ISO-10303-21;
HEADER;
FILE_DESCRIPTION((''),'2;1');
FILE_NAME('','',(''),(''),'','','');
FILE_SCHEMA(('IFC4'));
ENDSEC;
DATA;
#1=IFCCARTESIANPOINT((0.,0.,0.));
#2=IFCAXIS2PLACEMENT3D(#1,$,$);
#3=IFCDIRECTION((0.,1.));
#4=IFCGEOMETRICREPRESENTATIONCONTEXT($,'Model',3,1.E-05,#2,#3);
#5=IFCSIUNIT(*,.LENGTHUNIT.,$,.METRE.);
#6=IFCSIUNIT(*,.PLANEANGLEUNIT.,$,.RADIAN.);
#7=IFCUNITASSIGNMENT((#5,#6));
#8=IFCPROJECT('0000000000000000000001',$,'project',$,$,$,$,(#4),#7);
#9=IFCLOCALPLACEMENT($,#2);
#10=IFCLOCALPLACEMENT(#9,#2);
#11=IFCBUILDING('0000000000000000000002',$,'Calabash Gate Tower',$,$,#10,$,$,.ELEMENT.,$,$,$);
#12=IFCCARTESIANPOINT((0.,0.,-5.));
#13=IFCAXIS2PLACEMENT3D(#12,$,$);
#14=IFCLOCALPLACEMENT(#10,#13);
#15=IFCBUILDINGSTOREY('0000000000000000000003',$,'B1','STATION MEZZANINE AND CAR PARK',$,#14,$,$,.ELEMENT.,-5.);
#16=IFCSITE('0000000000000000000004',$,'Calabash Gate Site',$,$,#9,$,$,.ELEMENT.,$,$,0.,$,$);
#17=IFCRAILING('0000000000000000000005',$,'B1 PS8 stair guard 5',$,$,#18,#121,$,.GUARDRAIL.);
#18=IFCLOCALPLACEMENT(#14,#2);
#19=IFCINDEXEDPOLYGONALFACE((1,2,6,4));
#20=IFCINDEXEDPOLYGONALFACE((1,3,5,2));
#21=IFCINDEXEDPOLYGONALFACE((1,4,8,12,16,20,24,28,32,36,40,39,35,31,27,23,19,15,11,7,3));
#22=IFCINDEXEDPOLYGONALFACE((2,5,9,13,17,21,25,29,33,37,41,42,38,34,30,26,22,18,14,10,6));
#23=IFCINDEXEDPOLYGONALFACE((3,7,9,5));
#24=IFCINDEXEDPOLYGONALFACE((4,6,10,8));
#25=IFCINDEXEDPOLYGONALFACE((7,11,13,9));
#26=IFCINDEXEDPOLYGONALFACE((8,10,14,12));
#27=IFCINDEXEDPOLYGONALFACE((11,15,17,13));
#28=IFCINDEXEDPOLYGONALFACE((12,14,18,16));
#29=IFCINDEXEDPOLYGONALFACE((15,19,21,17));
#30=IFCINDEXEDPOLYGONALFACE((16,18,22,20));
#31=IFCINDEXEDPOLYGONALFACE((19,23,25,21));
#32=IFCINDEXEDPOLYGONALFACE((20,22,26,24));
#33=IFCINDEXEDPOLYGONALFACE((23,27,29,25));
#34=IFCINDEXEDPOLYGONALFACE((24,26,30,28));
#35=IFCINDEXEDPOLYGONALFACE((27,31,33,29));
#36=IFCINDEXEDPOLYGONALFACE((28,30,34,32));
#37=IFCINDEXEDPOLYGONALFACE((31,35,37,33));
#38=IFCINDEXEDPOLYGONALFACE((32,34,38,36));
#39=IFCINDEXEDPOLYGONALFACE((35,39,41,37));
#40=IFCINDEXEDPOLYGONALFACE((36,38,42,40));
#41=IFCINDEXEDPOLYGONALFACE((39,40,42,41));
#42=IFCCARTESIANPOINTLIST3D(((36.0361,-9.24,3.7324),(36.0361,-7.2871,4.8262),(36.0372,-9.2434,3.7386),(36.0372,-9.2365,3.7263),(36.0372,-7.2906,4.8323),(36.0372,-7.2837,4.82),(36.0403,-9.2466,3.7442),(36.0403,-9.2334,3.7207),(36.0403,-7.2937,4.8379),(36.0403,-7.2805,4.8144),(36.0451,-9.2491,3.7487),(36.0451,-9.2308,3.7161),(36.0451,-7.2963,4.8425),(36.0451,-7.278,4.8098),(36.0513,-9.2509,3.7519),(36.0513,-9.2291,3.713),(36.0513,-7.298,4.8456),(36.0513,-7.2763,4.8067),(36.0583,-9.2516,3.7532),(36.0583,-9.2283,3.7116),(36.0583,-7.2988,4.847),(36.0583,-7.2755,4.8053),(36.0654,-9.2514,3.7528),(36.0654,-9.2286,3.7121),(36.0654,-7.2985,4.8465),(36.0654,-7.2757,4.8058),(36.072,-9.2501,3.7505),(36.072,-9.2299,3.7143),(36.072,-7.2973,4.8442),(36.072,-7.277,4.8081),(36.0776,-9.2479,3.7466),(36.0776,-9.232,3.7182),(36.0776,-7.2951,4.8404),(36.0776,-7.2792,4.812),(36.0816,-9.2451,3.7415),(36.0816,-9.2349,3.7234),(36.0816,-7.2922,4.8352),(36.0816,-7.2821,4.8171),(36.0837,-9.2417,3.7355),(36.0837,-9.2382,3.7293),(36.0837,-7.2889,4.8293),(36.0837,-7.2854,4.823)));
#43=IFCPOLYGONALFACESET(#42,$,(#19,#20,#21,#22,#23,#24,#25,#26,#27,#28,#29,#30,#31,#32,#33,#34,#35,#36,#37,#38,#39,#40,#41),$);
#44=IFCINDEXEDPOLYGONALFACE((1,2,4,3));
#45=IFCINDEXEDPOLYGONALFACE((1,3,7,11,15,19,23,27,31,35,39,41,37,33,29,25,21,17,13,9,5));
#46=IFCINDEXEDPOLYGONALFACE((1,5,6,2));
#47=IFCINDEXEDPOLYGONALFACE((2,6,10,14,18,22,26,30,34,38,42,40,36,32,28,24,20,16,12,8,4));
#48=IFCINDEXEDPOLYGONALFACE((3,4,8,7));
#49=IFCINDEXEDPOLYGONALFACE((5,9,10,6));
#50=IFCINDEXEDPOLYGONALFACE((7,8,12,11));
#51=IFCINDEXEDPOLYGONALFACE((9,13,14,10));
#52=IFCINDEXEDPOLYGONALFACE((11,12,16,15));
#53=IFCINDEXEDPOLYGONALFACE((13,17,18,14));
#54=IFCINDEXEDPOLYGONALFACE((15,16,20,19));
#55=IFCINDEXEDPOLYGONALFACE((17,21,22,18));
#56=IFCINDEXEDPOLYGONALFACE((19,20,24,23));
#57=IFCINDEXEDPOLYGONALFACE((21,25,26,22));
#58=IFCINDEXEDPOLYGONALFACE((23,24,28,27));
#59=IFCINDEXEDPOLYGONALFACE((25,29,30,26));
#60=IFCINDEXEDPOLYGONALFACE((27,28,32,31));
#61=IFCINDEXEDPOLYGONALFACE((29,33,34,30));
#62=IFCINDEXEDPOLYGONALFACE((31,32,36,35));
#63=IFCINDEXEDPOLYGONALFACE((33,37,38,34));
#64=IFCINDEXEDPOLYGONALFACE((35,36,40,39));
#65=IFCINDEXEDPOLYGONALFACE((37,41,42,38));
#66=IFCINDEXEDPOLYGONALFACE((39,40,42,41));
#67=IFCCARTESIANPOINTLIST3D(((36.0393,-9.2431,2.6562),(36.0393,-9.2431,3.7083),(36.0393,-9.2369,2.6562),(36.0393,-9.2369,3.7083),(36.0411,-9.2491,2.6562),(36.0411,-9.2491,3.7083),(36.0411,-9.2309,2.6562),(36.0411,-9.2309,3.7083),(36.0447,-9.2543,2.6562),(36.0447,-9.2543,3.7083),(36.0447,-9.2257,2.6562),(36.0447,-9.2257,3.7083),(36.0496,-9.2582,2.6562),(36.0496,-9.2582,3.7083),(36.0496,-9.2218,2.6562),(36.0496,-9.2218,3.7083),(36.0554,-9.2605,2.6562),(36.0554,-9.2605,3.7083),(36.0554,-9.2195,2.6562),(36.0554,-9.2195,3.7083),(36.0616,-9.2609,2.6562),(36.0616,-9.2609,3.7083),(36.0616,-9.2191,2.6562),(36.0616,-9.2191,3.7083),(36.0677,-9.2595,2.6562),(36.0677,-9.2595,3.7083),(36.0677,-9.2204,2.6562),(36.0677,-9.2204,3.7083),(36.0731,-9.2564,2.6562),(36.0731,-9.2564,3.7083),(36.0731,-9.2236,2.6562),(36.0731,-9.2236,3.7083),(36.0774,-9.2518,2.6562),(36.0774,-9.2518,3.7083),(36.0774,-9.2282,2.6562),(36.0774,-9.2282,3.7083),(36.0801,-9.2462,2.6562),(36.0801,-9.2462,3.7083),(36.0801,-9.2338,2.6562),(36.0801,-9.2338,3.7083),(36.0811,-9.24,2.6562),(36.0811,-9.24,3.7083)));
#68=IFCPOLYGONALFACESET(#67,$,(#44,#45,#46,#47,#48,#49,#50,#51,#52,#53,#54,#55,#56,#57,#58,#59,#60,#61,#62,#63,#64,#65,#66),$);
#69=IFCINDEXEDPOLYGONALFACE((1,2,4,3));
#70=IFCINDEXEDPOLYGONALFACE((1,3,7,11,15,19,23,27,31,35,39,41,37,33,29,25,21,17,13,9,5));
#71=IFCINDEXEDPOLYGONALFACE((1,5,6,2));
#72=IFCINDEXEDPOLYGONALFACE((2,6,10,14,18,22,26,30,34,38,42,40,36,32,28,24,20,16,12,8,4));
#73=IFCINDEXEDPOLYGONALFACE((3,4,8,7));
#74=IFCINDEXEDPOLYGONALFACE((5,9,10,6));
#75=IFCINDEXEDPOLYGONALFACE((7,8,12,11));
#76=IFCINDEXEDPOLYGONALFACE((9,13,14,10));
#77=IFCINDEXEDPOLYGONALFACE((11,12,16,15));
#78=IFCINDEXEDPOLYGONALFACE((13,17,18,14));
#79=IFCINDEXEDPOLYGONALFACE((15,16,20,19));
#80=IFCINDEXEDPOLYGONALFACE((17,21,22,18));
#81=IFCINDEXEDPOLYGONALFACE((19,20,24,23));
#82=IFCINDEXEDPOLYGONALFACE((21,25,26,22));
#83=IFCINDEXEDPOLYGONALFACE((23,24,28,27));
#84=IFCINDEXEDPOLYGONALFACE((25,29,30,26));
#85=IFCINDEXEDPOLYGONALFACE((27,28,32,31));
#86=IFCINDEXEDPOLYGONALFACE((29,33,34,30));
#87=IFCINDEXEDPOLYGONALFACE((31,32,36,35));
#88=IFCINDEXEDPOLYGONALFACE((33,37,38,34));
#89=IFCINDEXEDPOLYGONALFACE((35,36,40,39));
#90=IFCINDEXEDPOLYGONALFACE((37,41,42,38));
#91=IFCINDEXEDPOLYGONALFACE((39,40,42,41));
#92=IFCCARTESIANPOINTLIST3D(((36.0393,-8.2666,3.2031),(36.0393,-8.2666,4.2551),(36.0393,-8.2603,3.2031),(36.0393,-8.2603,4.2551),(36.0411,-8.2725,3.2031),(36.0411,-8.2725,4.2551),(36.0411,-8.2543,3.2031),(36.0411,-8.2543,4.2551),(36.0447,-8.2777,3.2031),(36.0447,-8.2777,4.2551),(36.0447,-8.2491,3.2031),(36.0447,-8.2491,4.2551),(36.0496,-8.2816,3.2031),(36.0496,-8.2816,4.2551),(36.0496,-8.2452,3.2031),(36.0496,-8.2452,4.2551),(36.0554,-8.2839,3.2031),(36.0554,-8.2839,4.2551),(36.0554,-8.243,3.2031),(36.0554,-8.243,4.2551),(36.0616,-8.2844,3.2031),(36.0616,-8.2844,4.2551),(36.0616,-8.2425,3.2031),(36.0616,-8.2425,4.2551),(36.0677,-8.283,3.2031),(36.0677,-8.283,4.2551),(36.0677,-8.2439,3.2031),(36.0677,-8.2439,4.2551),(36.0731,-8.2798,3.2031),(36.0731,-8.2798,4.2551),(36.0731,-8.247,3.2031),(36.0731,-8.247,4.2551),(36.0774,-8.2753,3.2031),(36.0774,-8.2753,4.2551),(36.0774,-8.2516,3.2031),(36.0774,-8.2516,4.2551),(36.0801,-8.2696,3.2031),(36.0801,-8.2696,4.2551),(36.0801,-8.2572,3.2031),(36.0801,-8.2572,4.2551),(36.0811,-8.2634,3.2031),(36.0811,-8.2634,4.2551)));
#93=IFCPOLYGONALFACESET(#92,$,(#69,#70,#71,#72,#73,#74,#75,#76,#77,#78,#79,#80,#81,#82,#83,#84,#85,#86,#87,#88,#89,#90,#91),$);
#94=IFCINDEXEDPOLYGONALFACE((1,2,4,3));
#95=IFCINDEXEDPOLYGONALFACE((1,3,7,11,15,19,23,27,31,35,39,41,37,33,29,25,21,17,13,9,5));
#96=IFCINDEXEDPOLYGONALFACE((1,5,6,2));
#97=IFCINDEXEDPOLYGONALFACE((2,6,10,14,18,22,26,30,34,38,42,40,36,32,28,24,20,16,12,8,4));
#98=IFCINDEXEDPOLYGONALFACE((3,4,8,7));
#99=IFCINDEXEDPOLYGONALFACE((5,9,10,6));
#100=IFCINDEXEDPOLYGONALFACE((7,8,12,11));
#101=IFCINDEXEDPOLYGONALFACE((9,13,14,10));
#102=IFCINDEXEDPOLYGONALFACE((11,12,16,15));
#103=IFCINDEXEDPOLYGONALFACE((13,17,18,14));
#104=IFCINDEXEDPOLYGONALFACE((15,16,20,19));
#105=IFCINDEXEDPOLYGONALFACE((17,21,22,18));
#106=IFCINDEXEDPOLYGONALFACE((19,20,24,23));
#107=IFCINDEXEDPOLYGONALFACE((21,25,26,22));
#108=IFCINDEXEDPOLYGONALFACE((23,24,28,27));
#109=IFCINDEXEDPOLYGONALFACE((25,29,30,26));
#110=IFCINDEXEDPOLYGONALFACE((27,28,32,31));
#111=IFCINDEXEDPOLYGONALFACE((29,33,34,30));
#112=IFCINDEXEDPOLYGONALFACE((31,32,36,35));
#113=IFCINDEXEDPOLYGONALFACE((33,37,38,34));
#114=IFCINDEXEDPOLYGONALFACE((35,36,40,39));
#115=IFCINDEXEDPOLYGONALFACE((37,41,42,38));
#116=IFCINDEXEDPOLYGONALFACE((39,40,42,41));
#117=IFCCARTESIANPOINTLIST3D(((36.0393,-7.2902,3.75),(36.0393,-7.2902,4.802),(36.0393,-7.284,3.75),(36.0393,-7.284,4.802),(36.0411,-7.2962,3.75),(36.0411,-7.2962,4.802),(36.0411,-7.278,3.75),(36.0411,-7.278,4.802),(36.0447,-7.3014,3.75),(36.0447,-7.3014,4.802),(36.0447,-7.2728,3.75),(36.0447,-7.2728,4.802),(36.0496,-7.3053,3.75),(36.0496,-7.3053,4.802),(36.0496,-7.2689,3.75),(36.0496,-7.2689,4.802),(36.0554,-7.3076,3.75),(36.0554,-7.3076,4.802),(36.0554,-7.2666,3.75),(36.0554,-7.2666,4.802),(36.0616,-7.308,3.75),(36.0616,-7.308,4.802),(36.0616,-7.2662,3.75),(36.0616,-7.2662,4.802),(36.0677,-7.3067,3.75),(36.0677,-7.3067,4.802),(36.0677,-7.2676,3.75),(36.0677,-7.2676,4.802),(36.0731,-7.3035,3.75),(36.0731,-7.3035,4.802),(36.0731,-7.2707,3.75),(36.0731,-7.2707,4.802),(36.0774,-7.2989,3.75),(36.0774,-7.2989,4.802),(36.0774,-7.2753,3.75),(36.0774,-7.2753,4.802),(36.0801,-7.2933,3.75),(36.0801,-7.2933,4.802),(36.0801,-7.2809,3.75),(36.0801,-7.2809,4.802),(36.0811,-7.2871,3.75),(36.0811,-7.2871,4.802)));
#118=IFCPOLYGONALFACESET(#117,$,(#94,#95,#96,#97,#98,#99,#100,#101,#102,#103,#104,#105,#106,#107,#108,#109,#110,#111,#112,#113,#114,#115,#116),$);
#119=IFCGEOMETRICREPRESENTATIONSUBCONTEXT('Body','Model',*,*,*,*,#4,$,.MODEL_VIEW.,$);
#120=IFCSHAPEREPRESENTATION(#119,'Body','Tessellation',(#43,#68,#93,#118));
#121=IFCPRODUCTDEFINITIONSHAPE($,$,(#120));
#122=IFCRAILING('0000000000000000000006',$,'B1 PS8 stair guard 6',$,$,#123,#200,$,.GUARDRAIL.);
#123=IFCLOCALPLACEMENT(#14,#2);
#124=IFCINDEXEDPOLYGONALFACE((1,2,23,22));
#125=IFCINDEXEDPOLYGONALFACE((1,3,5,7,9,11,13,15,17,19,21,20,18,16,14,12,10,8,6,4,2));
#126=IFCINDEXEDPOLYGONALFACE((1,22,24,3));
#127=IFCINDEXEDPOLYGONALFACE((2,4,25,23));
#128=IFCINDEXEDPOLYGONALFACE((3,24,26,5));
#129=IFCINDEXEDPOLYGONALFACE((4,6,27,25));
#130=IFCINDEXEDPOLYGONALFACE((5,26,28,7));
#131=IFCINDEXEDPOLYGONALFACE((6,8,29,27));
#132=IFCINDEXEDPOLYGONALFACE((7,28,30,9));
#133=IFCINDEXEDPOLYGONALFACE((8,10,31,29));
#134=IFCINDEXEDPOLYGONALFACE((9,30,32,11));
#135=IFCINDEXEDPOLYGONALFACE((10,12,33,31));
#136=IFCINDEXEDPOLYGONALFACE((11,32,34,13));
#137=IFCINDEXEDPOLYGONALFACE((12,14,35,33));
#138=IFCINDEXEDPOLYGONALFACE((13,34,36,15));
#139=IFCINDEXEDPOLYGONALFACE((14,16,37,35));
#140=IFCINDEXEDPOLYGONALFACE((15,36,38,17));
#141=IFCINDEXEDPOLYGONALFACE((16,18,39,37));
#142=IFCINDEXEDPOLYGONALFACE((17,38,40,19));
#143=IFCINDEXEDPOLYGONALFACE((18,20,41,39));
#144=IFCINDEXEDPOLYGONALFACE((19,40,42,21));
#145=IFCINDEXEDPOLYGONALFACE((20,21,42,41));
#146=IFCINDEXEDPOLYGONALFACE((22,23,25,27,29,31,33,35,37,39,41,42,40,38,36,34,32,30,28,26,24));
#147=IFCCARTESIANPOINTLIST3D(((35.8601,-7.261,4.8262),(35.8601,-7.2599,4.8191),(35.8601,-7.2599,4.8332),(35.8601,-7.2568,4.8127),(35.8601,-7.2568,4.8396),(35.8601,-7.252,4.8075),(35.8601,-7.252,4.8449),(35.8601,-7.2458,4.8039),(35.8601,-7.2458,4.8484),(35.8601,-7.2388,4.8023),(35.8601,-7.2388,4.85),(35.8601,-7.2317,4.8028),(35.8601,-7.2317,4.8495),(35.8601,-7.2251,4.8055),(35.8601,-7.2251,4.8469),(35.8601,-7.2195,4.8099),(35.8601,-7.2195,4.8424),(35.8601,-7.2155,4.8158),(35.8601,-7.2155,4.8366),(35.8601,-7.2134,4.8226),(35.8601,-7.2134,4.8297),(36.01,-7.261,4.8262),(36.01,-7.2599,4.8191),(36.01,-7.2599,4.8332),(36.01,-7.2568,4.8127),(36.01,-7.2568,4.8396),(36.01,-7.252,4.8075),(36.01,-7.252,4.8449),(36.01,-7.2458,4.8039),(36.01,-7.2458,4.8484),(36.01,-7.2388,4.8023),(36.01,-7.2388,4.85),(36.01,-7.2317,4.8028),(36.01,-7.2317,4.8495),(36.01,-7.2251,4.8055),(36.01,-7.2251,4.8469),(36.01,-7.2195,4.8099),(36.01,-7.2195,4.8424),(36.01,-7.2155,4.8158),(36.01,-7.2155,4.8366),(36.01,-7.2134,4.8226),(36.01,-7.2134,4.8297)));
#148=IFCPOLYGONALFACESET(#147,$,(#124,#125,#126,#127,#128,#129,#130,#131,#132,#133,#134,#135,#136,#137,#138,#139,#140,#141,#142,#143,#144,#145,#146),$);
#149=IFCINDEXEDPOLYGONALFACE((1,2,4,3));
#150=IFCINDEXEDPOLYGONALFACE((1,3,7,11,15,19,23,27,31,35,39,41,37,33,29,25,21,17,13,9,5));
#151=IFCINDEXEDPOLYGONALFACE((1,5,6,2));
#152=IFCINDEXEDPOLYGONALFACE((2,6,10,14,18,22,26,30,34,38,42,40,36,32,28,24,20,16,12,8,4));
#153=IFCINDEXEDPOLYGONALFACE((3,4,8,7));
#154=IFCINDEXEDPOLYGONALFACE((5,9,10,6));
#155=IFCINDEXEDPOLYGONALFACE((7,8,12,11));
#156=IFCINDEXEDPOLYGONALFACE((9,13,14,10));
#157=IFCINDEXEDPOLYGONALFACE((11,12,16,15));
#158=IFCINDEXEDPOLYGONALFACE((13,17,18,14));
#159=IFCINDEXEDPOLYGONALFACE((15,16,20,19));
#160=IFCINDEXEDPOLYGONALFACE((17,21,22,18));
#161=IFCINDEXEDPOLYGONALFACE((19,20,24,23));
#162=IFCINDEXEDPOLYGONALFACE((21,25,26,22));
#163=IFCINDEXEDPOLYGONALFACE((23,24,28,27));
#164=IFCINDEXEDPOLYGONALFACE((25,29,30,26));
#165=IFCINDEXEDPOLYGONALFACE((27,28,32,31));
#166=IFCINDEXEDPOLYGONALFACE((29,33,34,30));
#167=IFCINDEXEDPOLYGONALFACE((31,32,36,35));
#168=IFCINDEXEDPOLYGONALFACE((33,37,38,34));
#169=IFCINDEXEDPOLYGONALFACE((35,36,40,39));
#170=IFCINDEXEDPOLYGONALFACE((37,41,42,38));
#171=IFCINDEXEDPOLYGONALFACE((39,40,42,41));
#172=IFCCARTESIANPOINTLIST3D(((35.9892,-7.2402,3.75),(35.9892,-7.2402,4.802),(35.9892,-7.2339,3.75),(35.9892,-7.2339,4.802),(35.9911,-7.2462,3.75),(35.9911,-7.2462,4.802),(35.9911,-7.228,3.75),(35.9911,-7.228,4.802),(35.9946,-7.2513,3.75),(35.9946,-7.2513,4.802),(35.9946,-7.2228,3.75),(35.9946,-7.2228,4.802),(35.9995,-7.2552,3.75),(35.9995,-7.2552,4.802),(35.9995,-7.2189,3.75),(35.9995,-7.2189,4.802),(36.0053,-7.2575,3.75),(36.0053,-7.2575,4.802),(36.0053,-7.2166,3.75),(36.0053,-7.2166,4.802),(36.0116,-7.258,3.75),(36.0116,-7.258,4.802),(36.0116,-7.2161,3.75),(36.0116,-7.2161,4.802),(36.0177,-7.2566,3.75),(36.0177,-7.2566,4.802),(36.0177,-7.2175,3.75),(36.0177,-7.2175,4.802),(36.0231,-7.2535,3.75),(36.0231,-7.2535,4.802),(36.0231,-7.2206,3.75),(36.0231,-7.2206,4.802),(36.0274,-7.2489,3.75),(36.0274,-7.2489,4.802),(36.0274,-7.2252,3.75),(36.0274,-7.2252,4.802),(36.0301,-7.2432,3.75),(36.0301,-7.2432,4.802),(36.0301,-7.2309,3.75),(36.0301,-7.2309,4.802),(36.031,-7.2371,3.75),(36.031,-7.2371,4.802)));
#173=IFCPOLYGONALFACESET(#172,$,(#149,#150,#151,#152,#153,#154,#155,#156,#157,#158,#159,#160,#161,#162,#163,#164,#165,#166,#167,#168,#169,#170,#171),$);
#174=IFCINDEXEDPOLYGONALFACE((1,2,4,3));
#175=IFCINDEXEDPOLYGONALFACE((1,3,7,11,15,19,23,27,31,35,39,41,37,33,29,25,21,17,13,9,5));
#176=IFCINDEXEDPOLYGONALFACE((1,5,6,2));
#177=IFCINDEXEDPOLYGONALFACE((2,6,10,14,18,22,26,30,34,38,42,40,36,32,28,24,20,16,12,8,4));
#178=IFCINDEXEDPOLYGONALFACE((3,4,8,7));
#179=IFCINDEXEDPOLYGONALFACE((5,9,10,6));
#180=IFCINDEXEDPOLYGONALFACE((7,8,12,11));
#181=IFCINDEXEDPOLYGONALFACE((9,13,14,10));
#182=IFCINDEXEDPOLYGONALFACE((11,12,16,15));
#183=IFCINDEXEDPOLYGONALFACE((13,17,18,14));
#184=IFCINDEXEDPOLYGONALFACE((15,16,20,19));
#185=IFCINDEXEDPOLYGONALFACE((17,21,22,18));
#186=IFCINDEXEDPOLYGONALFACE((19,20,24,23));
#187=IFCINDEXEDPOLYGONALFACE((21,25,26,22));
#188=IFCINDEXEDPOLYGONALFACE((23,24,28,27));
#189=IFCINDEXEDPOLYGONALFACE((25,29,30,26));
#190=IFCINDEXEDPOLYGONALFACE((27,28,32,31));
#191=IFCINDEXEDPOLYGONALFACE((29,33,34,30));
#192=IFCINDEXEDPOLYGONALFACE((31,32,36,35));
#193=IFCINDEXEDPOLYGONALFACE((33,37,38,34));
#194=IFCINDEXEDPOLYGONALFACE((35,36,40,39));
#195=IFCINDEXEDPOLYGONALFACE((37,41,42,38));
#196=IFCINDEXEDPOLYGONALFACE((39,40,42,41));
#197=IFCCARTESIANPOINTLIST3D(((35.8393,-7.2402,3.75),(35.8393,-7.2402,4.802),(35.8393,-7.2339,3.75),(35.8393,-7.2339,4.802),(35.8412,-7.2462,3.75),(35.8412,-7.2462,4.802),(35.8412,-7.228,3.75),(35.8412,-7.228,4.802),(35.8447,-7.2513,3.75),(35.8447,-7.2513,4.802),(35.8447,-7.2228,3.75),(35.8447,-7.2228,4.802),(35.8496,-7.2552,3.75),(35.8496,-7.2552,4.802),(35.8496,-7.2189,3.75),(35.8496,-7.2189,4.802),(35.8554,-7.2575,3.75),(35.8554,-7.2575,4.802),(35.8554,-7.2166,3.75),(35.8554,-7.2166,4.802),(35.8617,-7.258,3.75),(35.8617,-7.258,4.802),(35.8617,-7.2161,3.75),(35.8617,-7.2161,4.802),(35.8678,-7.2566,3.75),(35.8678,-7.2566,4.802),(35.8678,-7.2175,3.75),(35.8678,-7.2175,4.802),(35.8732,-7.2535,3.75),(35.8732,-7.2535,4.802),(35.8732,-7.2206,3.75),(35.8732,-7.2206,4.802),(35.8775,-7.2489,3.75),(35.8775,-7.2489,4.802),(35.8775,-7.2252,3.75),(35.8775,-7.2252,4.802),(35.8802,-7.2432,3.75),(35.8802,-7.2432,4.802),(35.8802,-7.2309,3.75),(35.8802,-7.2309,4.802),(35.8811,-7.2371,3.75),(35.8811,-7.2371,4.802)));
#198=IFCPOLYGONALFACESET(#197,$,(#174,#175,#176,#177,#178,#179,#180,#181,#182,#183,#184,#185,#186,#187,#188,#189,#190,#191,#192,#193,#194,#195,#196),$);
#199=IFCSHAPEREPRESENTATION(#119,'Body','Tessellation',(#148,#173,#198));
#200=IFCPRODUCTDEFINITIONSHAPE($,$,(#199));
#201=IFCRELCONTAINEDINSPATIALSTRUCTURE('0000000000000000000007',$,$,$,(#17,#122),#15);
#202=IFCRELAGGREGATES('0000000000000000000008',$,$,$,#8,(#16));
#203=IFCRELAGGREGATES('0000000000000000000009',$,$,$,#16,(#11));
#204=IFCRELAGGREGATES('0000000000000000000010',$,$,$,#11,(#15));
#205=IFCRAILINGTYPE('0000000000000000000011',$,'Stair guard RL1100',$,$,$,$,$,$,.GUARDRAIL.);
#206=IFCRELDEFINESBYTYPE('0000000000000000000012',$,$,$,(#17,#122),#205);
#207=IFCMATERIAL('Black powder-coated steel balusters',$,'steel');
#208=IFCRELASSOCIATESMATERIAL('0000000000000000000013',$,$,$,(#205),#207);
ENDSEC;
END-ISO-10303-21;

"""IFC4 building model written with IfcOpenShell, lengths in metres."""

from ifc_helpers import new_model, si_unit, direction, frame, origin, origin_2d, place, context, subcontext, project, spatial, circle, extrude, material, type_object, element, save


model = new_model("IFC4")

# Units and contexts
model_context = context("Model", 3, precision=1e-05, world=origin(), true_north=direction((0.0, 1.0)))
body_context = subcontext(model_context, "Body", "Model", "MODEL_VIEW")
ifc_project = project(units=[si_unit("LENGTHUNIT", "METRE"), si_unit("PLANEANGLEUNIT", "RADIAN")], contexts=[model_context])

# Site, building, storey
site_placement = place(None, origin())
site = spatial("IfcSite", under=ifc_project, at=site_placement, Name="Calabash Gate Site", CompositionType="ELEMENT", RefElevation=0.0)
building_placement = place(site_placement, origin())
building = spatial("IfcBuilding", under=site, at=building_placement, Name="Calabash Gate Tower", CompositionType="ELEMENT")
storey_placement = place(building_placement, frame((0.0, 0.0, -5.0)))
storey = spatial("IfcBuildingStorey", under=building, at=storey_placement, Name="B1", Description="STATION MEZZANINE AND CAR PARK", CompositionType="ELEMENT", Elevation=-5.0)

# Railings
ifc_material_1 = material(Name="Black powder-coated steel balusters", Category="steel")
railing_type_1 = type_object("IfcRailingType", Name="Stair guard RL1100", PredefinedType="GUARDRAIL", material=ifc_material_1)
railing_1_placement = place(storey_placement, frame((36.0601, -9.24, 2.6562)))
element("IfcRailing", 1, at=railing_1_placement, inside=storey, type_object=railing_type_1, Name="B1 PS8 stair guard 5", PredefinedType="GUARDRAIL", context=body_context, shape_type="SweptSolid", body=[
    extrude(circle(Radius=0.0239, at=origin_2d()), frame((0.0, 0.0, 1.0762), z_axis=(0.0, 0.87248, 0.48865), x_axis=(-1.0, 0.0, 0.0)), (0.0, 0.0, 1.0), 2.2383),
    extrude(circle(Radius=0.021, at=origin_2d()), origin(), (0.0, 0.0, 1.0), 1.052),
    extrude(circle(Radius=0.021, at=origin_2d()), frame((0.0, 0.9766, 0.5469)), (0.0, 0.0, 1.0), 1.052),
    extrude(circle(Radius=0.021, at=origin_2d()), frame((0.0, 1.9529, 1.0938)), (0.0, 0.0, 1.0), 1.052),
])
railing_2_placement = place(storey_placement, frame((36.01, -7.2371, 3.75)))
element("IfcRailing", 2, at=railing_2_placement, inside=storey, type_object=railing_type_1, Name="B1 PS8 stair guard 6", PredefinedType="GUARDRAIL", context=body_context, shape_type="SweptSolid", body=[
    extrude(circle(Radius=0.0239, at=origin_2d()), frame((0.0, 0.0, 1.0762), z_axis=(-1.0, 0.0, 0.0), x_axis=(0.0, -1.0, 0.0)), (0.0, 0.0, 1.0), 0.1499),
    extrude(circle(Radius=0.021, at=origin_2d()), origin(), (0.0, 0.0, 1.0), 1.052),
    extrude(circle(Radius=0.021, at=origin_2d()), frame((-0.1499, 0.0, 0.0)), (0.0, 0.0, 1.0), 1.052),
])

save(model, "model.ifc")
